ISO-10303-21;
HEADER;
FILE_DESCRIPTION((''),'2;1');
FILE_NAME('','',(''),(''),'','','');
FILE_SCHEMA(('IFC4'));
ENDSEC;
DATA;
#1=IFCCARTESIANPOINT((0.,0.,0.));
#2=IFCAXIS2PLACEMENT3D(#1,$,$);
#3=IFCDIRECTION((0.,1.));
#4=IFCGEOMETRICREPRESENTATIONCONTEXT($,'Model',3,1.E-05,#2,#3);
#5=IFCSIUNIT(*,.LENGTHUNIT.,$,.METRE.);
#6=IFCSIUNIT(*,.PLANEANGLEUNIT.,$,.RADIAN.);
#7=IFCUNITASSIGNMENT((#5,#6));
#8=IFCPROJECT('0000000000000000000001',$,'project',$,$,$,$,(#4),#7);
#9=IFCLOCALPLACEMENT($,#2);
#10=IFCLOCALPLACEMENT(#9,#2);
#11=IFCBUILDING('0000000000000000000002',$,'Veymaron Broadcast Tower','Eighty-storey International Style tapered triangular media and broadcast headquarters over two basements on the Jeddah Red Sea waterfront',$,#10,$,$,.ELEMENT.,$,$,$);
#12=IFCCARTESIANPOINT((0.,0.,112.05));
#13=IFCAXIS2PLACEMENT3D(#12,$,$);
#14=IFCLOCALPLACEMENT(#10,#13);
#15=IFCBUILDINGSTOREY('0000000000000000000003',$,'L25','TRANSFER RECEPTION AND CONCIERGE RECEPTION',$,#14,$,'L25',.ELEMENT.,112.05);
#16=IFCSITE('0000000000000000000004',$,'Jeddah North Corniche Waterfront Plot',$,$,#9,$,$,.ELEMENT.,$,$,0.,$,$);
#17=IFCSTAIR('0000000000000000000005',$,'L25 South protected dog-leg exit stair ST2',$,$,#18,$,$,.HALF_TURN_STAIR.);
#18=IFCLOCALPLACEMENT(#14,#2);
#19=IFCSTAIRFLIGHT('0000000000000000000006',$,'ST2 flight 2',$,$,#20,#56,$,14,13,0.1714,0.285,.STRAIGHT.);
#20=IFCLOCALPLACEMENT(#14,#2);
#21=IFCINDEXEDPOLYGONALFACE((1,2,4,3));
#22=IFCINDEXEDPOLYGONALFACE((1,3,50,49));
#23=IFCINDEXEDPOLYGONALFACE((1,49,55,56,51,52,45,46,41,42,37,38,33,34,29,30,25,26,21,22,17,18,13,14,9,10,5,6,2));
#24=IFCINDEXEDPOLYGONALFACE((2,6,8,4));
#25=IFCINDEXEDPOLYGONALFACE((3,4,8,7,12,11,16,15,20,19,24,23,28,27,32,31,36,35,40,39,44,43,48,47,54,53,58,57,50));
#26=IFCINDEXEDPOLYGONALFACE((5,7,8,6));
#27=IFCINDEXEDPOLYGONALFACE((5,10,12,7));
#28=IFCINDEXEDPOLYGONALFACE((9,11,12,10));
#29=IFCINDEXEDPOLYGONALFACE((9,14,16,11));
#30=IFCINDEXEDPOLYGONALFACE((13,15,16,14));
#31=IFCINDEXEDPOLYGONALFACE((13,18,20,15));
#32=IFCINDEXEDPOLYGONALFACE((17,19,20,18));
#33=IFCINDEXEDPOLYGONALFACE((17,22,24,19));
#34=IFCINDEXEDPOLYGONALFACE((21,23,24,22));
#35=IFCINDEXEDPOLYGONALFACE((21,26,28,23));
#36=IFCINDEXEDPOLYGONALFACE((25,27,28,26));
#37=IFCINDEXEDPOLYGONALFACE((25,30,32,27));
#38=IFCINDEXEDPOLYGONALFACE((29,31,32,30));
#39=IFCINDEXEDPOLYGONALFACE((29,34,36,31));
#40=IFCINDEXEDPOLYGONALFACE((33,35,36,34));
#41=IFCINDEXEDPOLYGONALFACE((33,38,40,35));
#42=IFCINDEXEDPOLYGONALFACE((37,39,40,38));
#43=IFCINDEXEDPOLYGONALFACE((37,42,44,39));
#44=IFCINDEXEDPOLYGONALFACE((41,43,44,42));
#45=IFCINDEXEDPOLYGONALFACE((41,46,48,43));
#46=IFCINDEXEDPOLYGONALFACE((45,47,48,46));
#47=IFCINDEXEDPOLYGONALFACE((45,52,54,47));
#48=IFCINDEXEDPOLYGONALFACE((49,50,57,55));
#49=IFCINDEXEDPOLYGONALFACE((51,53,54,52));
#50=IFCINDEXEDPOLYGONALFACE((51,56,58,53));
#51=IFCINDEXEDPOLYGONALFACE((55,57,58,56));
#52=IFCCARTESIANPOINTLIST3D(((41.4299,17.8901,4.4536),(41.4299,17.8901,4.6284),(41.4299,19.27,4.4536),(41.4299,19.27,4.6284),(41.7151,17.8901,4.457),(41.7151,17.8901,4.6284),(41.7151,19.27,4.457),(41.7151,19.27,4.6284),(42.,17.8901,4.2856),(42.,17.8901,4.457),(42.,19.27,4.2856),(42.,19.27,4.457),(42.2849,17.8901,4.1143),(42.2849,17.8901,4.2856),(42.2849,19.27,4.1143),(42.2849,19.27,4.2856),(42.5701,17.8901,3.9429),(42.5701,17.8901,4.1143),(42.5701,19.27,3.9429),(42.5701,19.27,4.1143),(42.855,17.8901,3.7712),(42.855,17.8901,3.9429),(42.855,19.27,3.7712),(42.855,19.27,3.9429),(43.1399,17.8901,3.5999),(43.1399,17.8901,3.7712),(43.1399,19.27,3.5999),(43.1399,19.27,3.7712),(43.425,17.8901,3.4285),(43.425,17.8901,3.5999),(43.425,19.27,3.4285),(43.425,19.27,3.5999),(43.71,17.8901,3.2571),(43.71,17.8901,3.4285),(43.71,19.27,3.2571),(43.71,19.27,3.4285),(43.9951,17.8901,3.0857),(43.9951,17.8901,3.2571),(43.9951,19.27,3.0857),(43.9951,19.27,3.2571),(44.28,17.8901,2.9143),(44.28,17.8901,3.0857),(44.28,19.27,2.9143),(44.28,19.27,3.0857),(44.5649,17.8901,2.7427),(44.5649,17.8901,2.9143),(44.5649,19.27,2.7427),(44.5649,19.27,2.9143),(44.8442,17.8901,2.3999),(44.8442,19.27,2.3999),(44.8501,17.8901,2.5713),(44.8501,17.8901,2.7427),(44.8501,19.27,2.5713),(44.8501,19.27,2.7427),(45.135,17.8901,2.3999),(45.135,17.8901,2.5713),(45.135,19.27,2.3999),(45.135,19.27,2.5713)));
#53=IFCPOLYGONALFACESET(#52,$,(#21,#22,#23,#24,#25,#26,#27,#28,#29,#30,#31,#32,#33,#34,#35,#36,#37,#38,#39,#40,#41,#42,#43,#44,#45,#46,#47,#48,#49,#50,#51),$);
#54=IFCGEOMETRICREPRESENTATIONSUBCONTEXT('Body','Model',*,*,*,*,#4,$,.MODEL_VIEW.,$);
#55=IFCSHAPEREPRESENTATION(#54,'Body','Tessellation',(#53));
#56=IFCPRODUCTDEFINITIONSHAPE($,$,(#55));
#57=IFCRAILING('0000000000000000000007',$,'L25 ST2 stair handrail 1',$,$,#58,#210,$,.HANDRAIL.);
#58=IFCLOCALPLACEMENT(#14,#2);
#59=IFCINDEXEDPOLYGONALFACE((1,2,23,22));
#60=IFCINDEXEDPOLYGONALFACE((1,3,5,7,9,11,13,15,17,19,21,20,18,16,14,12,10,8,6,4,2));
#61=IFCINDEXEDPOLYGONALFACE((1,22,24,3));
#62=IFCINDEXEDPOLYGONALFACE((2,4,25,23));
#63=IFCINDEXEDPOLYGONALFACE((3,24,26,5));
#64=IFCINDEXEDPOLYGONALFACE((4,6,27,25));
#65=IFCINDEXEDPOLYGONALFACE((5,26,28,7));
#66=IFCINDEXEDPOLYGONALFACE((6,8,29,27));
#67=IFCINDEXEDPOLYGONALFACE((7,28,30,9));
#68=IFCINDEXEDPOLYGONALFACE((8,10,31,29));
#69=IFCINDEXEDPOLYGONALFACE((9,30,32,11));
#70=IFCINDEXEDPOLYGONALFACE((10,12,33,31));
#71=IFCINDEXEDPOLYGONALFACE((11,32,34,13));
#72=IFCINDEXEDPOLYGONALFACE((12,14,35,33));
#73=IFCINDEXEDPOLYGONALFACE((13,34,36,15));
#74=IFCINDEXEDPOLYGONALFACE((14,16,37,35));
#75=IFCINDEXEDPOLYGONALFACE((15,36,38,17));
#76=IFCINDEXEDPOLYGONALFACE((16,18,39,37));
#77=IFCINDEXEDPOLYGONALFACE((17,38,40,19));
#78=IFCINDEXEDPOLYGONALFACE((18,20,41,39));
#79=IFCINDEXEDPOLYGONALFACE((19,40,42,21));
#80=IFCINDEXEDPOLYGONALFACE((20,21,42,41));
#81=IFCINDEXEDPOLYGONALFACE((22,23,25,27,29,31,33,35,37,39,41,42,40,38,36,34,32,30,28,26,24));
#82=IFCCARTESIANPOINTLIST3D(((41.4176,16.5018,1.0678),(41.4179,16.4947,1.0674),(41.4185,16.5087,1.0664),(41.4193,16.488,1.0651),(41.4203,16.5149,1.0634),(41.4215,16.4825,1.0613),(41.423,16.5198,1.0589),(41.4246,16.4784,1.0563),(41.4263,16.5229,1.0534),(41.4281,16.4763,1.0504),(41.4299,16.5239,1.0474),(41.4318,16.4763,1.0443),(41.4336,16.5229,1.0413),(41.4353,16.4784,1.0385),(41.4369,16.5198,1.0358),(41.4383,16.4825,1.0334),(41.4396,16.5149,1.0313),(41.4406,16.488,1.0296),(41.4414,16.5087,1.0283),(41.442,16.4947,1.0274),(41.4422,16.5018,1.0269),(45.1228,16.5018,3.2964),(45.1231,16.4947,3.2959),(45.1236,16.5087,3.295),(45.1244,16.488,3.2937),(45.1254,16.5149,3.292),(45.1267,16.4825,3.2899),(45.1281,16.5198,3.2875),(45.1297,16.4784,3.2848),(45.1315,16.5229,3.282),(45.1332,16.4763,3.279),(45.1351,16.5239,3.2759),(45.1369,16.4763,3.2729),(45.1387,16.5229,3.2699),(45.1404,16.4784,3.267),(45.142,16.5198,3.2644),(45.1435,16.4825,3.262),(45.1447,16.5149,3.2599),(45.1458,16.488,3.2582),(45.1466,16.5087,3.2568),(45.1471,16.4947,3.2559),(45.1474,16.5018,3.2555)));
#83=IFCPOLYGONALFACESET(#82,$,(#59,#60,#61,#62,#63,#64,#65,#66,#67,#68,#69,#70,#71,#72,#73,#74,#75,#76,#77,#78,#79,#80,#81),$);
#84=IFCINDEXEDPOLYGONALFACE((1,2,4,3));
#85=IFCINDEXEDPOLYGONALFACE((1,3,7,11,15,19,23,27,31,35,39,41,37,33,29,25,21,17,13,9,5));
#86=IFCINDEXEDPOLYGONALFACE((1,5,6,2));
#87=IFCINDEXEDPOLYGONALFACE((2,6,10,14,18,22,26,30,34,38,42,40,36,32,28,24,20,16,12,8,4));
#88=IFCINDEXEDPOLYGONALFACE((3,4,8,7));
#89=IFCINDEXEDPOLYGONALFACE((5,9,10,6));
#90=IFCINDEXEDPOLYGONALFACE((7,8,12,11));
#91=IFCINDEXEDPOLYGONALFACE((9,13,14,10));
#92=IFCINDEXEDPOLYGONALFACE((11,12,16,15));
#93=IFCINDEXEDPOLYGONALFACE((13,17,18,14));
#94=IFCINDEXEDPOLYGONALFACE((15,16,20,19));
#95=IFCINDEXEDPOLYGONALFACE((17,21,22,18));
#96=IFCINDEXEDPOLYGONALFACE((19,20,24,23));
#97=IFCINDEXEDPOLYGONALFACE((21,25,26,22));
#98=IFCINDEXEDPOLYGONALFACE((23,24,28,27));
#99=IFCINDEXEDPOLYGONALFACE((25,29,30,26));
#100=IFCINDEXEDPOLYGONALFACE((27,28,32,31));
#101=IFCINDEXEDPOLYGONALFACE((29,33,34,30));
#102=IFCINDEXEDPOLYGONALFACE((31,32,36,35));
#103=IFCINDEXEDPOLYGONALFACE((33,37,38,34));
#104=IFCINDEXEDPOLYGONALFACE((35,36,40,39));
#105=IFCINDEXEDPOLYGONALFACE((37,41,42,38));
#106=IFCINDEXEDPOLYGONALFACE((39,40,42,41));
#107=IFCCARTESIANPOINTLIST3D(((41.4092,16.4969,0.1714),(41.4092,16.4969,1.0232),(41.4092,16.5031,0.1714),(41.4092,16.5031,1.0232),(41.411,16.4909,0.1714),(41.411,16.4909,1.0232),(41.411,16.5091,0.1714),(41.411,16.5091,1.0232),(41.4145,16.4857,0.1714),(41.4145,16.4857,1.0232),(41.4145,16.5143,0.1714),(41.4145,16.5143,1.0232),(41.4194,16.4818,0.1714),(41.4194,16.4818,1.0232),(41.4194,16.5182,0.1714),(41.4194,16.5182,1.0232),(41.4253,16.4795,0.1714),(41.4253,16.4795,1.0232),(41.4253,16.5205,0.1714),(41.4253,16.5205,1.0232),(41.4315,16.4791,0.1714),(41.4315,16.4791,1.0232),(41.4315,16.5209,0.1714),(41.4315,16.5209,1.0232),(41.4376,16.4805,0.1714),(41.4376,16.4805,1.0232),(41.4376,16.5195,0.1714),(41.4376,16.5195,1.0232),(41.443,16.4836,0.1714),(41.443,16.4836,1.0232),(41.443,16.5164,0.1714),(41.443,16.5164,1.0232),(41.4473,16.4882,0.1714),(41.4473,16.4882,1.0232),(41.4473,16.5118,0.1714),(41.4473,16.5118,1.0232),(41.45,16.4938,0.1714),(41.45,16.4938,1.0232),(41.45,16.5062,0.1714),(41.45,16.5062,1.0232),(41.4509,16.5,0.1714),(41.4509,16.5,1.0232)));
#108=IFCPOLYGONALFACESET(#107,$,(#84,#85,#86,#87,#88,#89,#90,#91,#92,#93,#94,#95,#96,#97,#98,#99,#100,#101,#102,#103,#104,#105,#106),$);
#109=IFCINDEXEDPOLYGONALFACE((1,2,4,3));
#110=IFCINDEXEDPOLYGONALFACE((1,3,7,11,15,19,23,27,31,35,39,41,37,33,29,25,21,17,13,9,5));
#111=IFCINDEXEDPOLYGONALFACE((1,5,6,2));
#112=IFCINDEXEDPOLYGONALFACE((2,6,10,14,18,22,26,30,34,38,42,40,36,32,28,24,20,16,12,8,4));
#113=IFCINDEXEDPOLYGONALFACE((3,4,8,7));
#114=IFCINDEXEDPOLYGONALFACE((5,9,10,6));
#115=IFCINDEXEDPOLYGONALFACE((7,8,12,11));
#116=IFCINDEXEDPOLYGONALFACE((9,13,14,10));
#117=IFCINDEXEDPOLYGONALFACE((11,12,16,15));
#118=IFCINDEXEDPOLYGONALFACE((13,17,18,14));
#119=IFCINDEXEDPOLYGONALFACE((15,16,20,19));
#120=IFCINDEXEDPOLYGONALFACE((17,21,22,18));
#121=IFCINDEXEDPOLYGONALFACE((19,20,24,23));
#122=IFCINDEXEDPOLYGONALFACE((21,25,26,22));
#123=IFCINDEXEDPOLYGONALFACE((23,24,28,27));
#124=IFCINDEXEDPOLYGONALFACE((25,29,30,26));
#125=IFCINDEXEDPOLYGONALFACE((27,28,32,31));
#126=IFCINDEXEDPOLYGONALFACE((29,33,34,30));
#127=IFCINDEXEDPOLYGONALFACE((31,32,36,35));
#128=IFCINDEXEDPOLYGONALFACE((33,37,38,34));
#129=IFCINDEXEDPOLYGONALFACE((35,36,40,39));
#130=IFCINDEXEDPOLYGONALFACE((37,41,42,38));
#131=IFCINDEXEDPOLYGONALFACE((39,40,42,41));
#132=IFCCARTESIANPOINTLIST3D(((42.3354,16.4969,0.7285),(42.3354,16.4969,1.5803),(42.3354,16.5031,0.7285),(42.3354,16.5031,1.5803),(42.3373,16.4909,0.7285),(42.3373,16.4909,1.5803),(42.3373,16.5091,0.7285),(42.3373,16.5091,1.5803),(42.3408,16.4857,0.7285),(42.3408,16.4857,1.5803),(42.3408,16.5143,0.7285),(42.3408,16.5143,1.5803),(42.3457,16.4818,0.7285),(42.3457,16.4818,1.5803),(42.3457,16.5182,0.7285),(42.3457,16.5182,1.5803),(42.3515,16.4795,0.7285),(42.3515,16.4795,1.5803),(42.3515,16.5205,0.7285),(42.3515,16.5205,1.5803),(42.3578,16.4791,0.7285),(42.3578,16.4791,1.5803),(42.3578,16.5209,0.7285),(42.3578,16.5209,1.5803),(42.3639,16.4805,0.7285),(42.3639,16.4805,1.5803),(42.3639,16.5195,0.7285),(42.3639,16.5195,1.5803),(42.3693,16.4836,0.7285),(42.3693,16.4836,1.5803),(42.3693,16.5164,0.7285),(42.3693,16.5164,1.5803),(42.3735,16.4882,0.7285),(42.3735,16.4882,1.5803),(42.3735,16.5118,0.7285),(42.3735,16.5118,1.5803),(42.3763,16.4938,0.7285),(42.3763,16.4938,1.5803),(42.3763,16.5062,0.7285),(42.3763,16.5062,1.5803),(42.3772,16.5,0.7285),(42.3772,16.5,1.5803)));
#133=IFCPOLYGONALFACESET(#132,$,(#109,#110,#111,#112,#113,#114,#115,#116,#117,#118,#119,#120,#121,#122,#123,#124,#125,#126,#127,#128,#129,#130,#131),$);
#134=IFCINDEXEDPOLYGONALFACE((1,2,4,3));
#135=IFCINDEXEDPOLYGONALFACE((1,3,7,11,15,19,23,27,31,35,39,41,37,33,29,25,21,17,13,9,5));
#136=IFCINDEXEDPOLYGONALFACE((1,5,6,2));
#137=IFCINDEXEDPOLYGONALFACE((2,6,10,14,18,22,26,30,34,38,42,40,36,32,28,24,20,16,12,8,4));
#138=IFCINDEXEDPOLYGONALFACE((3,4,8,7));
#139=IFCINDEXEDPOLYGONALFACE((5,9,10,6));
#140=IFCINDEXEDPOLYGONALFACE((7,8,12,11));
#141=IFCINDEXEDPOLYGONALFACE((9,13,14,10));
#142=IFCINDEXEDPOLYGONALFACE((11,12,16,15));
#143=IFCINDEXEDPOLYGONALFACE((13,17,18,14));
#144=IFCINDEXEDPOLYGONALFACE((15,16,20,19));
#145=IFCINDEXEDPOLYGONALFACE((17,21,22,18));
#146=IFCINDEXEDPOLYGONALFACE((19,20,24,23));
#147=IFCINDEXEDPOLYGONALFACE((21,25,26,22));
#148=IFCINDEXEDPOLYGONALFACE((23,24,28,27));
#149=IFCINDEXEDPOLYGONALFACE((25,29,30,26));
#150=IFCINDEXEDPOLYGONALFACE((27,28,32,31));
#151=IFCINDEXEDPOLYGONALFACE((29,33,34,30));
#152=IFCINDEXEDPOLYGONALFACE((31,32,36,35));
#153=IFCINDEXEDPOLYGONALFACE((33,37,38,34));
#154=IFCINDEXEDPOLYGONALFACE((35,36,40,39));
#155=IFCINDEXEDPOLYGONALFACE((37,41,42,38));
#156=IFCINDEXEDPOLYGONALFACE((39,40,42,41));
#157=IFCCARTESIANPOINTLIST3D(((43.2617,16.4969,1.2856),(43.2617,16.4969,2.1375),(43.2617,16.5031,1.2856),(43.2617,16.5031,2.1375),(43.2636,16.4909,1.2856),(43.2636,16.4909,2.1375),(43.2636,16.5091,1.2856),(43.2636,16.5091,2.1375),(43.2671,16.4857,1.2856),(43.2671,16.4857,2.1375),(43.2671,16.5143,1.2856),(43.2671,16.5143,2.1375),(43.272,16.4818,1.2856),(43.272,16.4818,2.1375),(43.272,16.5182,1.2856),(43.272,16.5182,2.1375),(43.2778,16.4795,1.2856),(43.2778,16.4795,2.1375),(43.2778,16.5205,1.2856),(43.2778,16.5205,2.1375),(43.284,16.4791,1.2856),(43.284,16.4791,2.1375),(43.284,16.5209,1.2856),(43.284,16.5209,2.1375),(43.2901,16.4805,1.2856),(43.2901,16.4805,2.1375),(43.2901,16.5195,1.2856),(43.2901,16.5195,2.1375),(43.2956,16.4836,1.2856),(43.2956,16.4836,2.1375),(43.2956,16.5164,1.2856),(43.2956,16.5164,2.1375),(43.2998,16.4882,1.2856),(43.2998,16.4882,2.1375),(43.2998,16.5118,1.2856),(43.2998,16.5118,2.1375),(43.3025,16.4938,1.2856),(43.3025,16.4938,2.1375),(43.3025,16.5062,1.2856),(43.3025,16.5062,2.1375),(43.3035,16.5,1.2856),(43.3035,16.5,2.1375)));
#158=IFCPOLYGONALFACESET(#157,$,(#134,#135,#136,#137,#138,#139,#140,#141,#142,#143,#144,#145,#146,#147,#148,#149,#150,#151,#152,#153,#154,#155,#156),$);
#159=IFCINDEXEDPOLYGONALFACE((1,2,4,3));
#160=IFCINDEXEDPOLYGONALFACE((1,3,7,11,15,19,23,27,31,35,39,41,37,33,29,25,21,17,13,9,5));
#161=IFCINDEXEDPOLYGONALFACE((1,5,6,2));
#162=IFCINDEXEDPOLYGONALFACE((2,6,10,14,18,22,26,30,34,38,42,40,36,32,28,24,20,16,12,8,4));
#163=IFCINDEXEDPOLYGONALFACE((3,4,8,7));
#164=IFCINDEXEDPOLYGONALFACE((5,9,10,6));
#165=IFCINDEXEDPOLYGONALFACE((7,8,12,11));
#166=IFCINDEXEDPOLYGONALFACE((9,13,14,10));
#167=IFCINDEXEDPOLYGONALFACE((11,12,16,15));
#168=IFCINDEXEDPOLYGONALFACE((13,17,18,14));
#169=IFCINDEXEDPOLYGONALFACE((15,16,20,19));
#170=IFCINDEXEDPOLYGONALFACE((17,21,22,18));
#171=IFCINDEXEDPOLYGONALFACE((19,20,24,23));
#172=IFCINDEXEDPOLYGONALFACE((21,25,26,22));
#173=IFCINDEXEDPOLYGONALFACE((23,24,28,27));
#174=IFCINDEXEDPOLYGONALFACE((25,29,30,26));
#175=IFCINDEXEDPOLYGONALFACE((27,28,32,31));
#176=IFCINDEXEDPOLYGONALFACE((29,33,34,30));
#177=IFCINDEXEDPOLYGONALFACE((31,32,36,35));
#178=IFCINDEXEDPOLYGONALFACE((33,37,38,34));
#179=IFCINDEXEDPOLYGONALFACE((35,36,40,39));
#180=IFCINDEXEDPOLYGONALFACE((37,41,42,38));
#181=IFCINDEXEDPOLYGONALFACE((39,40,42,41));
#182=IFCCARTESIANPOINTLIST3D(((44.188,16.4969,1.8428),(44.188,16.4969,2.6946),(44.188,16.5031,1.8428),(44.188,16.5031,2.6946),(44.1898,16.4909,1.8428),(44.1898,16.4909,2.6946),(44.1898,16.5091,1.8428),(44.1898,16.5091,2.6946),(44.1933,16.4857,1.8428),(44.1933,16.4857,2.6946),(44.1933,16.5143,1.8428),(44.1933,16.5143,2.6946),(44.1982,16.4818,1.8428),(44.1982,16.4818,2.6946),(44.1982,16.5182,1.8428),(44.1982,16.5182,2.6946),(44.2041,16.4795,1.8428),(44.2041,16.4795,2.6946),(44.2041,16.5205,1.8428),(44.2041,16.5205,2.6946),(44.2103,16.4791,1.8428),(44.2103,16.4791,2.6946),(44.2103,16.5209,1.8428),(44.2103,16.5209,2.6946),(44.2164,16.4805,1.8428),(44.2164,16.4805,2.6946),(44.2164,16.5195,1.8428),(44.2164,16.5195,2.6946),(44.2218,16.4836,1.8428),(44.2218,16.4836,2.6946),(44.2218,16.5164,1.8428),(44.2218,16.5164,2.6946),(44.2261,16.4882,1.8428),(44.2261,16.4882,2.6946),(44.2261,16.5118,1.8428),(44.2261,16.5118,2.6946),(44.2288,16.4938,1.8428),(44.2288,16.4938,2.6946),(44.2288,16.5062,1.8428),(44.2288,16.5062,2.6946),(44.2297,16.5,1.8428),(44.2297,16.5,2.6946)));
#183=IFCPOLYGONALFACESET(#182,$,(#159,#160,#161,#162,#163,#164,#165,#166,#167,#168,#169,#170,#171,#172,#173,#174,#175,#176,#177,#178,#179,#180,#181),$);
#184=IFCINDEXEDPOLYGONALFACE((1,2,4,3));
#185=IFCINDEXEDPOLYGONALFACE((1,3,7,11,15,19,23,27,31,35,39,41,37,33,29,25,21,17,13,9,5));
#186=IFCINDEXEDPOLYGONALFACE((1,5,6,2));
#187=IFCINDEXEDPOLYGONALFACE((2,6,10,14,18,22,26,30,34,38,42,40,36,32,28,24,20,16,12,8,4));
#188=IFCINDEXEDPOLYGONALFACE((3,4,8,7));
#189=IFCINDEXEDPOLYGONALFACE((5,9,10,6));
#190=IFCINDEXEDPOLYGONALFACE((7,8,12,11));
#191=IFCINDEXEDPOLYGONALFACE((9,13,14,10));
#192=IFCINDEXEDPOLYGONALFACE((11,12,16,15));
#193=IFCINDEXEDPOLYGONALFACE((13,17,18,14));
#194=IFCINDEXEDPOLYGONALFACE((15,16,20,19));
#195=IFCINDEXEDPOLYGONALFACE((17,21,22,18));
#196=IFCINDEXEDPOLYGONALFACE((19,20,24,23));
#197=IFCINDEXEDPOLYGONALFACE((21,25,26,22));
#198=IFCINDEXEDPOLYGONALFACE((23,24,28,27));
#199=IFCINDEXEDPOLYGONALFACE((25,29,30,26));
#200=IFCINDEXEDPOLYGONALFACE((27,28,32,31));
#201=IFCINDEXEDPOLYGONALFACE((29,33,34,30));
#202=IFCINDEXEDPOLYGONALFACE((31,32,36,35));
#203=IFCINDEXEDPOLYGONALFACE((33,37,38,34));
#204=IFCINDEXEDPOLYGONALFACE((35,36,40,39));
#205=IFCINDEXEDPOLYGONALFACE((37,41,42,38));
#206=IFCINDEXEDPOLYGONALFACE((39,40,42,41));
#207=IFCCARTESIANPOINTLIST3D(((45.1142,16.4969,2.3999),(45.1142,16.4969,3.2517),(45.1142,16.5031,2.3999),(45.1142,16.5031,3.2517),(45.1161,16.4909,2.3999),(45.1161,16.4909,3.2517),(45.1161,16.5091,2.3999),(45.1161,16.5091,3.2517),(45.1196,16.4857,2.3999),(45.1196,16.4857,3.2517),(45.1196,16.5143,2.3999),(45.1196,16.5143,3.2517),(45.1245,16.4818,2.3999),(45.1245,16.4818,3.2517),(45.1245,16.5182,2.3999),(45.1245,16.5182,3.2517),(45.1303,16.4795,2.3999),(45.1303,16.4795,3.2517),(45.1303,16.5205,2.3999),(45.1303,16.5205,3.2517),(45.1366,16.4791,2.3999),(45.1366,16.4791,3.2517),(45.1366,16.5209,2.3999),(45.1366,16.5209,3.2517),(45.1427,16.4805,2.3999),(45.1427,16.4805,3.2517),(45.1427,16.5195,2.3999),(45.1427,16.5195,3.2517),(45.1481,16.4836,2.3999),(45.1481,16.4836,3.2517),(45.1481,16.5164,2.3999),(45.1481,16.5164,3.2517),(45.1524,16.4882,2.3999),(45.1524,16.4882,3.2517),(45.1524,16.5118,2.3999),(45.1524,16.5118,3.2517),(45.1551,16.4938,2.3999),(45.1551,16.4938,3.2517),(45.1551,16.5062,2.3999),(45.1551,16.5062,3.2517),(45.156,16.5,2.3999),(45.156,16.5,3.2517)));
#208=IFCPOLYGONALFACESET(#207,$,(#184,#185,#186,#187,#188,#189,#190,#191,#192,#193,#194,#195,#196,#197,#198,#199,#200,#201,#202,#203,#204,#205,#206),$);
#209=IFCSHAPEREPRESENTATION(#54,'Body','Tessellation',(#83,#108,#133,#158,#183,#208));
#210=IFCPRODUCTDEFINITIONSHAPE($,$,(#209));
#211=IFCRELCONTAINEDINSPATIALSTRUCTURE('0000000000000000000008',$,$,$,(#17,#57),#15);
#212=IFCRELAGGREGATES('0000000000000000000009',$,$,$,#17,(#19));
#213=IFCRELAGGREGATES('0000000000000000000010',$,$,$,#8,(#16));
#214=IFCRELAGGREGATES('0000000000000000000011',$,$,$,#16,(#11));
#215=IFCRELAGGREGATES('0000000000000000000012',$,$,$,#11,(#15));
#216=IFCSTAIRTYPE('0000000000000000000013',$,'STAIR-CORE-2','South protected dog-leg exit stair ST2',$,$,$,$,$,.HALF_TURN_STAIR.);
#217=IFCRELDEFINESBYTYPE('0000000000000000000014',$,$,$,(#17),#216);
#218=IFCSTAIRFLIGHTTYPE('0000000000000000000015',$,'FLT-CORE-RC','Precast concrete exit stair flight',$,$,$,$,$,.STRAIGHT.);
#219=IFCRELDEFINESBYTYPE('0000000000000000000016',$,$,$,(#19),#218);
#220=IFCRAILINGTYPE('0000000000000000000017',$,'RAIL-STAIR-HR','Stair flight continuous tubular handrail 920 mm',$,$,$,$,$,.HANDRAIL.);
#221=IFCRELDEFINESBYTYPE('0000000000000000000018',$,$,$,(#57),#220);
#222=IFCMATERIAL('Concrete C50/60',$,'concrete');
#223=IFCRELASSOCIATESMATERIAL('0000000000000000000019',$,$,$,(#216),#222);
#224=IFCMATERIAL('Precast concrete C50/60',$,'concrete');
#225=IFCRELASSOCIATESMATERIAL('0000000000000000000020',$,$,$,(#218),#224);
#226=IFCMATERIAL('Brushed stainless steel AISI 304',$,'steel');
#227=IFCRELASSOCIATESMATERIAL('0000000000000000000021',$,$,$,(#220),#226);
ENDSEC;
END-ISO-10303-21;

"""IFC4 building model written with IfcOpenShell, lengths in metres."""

from ifc_helpers import new_model, si_unit, direction, frame, origin, origin_2d, place, context, subcontext, project, spatial, polyline, circle, outline, extrude, material, type_object, element, aggregate, save


model = new_model("IFC4")

# Units and contexts
model_context = context("Model", 3, precision=1e-05, world=origin(), true_north=direction((0.0, 1.0)))
body_context = subcontext(model_context, "Body", "Model", "MODEL_VIEW")
ifc_project = project(units=[si_unit("LENGTHUNIT", "METRE"), si_unit("PLANEANGLEUNIT", "RADIAN")], contexts=[model_context])

# Site, building, storey
site_placement = place(None, origin())
site = spatial("IfcSite", under=ifc_project, at=site_placement, Name="Jeddah North Corniche Waterfront Plot", CompositionType="ELEMENT", RefElevation=0.0)
building_placement = place(site_placement, origin())
building = spatial("IfcBuilding", under=site, at=building_placement, Name="Veymaron Broadcast Tower", Description="Eighty-storey International Style tapered triangular media and broadcast headquarters over two basements on the Jeddah Red Sea waterfront", CompositionType="ELEMENT")
storey_placement = place(building_placement, frame((0.0, 0.0, 112.05)))
storey = spatial("IfcBuildingStorey", under=building, at=storey_placement, Name="L25", Description="TRANSFER RECEPTION AND CONCIERGE RECEPTION", LongName="L25", CompositionType="ELEMENT", Elevation=112.05)

# Shared definitions
ifc_material_1 = material(Name="Brushed stainless steel AISI 304", Category="steel")

# Shared definitions
ifc_material_2 = material(Name="Concrete C50/60", Category="concrete")

# Stair, stair flight
stair_type = type_object("IfcStairType", Name="STAIR-CORE-2", Description="South protected dog-leg exit stair ST2", PredefinedType="HALF_TURN_STAIR", material=ifc_material_2)
stair_placement = place(storey_placement, origin())
stair = element("IfcStair", 1, at=stair_placement, inside=storey, type_object=stair_type, Name="L25 South protected dog-leg exit stair ST2", PredefinedType="HALF_TURN_STAIR")
ifc_material_3 = material(Name="Precast concrete C50/60", Category="concrete")
stair_flight_type = type_object("IfcStairFlightType", Name="FLT-CORE-RC", Description="Precast concrete exit stair flight", PredefinedType="STRAIGHT", material=ifc_material_3)
stair_flight_1_placement = place(storey_placement, frame((45.135, 18.5801, 2.3999), z_axis=(0.0, 0.0, 1.0), x_axis=(-1.0, 0.0, 0.0)))
stair_flight_1 = element("IfcStairFlight", 2, at=stair_flight_1_placement, type_object=stair_flight_type, Name="ST2 flight 2", NumberOfRisers=14, NumberOfTreads=13, PredefinedType="STRAIGHT", RiserHeight=0.1714, TreadLength=0.285, context=body_context, shape_type="SweptSolid", body=[
    extrude(outline(polyline([(0.0, 0.0), (0.0, 0.1714), (0.2849, 0.1714), (0.2849, 0.3428), (0.5701, 0.3428), (0.5701, 0.5144), (0.855, 0.5144), (0.855, 0.6858), (1.1399, 0.6858), (1.1399, 0.8572), (1.425, 0.8572), (1.425, 1.0286), (1.71, 1.0286), (1.71, 1.2), (1.9951, 1.2), (1.9951, 1.3713), (2.28, 1.3713), (2.28, 1.543), (2.5649, 1.543), (2.5649, 1.7144), (2.8501, 1.7144), (2.8501, 1.8857), (3.135, 1.8857), (3.135, 2.0571), (3.4199, 2.0571), (3.4199, 2.2285), (3.7051, 2.2285), (3.7051, 2.3999), (3.7051, 2.0537), (0.2908, 0.0), (0.0, 0.0)])), frame((0.0, 0.6899, 0.0), z_axis=(0.0, -1.0, 0.0), x_axis=(1.0, 0.0, 0.0)), (0.0, 0.0, 1.0), 1.3799),
])
aggregate(stair, [stair_flight_1])

# Railing
railing_type_1 = type_object("IfcRailingType", Name="RAIL-STAIR-HR", Description="Stair flight continuous tubular handrail 920 mm", PredefinedType="HANDRAIL", material=ifc_material_1)
railing_1_placement = place(storey_placement, frame((41.4299, 16.5, 0.1714)))
element("IfcRailing", 3, at=railing_1_placement, inside=storey, type_object=railing_type_1, Name="L25 ST2 stair handrail 1", PredefinedType="HANDRAIL", context=body_context, shape_type="SweptSolid", body=[
    extrude(circle(Radius=0.0239, at=origin_2d()), frame((0.0, 0.0, 0.876), z_axis=(0.856934, 0.0, 0.515425), x_axis=(0.0, 1.0, 0.0)), (0.0, 0.0, 1.0), 4.3237),
    extrude(circle(Radius=0.021, at=origin_2d()), origin(), (0.0, 0.0, 1.0), 0.8518),
    extrude(circle(Radius=0.021, at=origin_2d()), frame((0.9263, 0.0, 0.5571)), (0.0, 0.0, 1.0), 0.8518),
    extrude(circle(Radius=0.021, at=origin_2d()), frame((1.8525, 0.0, 1.1143)), (0.0, 0.0, 1.0), 0.8518),
    extrude(circle(Radius=0.021, at=origin_2d()), frame((2.7788, 0.0, 1.6714)), (0.0, 0.0, 1.0), 0.8518),
    extrude(circle(Radius=0.021, at=origin_2d()), frame((3.7051, 0.0, 2.2285)), (0.0, 0.0, 1.0), 0.8518),
])

save(model, "model.ifc")
